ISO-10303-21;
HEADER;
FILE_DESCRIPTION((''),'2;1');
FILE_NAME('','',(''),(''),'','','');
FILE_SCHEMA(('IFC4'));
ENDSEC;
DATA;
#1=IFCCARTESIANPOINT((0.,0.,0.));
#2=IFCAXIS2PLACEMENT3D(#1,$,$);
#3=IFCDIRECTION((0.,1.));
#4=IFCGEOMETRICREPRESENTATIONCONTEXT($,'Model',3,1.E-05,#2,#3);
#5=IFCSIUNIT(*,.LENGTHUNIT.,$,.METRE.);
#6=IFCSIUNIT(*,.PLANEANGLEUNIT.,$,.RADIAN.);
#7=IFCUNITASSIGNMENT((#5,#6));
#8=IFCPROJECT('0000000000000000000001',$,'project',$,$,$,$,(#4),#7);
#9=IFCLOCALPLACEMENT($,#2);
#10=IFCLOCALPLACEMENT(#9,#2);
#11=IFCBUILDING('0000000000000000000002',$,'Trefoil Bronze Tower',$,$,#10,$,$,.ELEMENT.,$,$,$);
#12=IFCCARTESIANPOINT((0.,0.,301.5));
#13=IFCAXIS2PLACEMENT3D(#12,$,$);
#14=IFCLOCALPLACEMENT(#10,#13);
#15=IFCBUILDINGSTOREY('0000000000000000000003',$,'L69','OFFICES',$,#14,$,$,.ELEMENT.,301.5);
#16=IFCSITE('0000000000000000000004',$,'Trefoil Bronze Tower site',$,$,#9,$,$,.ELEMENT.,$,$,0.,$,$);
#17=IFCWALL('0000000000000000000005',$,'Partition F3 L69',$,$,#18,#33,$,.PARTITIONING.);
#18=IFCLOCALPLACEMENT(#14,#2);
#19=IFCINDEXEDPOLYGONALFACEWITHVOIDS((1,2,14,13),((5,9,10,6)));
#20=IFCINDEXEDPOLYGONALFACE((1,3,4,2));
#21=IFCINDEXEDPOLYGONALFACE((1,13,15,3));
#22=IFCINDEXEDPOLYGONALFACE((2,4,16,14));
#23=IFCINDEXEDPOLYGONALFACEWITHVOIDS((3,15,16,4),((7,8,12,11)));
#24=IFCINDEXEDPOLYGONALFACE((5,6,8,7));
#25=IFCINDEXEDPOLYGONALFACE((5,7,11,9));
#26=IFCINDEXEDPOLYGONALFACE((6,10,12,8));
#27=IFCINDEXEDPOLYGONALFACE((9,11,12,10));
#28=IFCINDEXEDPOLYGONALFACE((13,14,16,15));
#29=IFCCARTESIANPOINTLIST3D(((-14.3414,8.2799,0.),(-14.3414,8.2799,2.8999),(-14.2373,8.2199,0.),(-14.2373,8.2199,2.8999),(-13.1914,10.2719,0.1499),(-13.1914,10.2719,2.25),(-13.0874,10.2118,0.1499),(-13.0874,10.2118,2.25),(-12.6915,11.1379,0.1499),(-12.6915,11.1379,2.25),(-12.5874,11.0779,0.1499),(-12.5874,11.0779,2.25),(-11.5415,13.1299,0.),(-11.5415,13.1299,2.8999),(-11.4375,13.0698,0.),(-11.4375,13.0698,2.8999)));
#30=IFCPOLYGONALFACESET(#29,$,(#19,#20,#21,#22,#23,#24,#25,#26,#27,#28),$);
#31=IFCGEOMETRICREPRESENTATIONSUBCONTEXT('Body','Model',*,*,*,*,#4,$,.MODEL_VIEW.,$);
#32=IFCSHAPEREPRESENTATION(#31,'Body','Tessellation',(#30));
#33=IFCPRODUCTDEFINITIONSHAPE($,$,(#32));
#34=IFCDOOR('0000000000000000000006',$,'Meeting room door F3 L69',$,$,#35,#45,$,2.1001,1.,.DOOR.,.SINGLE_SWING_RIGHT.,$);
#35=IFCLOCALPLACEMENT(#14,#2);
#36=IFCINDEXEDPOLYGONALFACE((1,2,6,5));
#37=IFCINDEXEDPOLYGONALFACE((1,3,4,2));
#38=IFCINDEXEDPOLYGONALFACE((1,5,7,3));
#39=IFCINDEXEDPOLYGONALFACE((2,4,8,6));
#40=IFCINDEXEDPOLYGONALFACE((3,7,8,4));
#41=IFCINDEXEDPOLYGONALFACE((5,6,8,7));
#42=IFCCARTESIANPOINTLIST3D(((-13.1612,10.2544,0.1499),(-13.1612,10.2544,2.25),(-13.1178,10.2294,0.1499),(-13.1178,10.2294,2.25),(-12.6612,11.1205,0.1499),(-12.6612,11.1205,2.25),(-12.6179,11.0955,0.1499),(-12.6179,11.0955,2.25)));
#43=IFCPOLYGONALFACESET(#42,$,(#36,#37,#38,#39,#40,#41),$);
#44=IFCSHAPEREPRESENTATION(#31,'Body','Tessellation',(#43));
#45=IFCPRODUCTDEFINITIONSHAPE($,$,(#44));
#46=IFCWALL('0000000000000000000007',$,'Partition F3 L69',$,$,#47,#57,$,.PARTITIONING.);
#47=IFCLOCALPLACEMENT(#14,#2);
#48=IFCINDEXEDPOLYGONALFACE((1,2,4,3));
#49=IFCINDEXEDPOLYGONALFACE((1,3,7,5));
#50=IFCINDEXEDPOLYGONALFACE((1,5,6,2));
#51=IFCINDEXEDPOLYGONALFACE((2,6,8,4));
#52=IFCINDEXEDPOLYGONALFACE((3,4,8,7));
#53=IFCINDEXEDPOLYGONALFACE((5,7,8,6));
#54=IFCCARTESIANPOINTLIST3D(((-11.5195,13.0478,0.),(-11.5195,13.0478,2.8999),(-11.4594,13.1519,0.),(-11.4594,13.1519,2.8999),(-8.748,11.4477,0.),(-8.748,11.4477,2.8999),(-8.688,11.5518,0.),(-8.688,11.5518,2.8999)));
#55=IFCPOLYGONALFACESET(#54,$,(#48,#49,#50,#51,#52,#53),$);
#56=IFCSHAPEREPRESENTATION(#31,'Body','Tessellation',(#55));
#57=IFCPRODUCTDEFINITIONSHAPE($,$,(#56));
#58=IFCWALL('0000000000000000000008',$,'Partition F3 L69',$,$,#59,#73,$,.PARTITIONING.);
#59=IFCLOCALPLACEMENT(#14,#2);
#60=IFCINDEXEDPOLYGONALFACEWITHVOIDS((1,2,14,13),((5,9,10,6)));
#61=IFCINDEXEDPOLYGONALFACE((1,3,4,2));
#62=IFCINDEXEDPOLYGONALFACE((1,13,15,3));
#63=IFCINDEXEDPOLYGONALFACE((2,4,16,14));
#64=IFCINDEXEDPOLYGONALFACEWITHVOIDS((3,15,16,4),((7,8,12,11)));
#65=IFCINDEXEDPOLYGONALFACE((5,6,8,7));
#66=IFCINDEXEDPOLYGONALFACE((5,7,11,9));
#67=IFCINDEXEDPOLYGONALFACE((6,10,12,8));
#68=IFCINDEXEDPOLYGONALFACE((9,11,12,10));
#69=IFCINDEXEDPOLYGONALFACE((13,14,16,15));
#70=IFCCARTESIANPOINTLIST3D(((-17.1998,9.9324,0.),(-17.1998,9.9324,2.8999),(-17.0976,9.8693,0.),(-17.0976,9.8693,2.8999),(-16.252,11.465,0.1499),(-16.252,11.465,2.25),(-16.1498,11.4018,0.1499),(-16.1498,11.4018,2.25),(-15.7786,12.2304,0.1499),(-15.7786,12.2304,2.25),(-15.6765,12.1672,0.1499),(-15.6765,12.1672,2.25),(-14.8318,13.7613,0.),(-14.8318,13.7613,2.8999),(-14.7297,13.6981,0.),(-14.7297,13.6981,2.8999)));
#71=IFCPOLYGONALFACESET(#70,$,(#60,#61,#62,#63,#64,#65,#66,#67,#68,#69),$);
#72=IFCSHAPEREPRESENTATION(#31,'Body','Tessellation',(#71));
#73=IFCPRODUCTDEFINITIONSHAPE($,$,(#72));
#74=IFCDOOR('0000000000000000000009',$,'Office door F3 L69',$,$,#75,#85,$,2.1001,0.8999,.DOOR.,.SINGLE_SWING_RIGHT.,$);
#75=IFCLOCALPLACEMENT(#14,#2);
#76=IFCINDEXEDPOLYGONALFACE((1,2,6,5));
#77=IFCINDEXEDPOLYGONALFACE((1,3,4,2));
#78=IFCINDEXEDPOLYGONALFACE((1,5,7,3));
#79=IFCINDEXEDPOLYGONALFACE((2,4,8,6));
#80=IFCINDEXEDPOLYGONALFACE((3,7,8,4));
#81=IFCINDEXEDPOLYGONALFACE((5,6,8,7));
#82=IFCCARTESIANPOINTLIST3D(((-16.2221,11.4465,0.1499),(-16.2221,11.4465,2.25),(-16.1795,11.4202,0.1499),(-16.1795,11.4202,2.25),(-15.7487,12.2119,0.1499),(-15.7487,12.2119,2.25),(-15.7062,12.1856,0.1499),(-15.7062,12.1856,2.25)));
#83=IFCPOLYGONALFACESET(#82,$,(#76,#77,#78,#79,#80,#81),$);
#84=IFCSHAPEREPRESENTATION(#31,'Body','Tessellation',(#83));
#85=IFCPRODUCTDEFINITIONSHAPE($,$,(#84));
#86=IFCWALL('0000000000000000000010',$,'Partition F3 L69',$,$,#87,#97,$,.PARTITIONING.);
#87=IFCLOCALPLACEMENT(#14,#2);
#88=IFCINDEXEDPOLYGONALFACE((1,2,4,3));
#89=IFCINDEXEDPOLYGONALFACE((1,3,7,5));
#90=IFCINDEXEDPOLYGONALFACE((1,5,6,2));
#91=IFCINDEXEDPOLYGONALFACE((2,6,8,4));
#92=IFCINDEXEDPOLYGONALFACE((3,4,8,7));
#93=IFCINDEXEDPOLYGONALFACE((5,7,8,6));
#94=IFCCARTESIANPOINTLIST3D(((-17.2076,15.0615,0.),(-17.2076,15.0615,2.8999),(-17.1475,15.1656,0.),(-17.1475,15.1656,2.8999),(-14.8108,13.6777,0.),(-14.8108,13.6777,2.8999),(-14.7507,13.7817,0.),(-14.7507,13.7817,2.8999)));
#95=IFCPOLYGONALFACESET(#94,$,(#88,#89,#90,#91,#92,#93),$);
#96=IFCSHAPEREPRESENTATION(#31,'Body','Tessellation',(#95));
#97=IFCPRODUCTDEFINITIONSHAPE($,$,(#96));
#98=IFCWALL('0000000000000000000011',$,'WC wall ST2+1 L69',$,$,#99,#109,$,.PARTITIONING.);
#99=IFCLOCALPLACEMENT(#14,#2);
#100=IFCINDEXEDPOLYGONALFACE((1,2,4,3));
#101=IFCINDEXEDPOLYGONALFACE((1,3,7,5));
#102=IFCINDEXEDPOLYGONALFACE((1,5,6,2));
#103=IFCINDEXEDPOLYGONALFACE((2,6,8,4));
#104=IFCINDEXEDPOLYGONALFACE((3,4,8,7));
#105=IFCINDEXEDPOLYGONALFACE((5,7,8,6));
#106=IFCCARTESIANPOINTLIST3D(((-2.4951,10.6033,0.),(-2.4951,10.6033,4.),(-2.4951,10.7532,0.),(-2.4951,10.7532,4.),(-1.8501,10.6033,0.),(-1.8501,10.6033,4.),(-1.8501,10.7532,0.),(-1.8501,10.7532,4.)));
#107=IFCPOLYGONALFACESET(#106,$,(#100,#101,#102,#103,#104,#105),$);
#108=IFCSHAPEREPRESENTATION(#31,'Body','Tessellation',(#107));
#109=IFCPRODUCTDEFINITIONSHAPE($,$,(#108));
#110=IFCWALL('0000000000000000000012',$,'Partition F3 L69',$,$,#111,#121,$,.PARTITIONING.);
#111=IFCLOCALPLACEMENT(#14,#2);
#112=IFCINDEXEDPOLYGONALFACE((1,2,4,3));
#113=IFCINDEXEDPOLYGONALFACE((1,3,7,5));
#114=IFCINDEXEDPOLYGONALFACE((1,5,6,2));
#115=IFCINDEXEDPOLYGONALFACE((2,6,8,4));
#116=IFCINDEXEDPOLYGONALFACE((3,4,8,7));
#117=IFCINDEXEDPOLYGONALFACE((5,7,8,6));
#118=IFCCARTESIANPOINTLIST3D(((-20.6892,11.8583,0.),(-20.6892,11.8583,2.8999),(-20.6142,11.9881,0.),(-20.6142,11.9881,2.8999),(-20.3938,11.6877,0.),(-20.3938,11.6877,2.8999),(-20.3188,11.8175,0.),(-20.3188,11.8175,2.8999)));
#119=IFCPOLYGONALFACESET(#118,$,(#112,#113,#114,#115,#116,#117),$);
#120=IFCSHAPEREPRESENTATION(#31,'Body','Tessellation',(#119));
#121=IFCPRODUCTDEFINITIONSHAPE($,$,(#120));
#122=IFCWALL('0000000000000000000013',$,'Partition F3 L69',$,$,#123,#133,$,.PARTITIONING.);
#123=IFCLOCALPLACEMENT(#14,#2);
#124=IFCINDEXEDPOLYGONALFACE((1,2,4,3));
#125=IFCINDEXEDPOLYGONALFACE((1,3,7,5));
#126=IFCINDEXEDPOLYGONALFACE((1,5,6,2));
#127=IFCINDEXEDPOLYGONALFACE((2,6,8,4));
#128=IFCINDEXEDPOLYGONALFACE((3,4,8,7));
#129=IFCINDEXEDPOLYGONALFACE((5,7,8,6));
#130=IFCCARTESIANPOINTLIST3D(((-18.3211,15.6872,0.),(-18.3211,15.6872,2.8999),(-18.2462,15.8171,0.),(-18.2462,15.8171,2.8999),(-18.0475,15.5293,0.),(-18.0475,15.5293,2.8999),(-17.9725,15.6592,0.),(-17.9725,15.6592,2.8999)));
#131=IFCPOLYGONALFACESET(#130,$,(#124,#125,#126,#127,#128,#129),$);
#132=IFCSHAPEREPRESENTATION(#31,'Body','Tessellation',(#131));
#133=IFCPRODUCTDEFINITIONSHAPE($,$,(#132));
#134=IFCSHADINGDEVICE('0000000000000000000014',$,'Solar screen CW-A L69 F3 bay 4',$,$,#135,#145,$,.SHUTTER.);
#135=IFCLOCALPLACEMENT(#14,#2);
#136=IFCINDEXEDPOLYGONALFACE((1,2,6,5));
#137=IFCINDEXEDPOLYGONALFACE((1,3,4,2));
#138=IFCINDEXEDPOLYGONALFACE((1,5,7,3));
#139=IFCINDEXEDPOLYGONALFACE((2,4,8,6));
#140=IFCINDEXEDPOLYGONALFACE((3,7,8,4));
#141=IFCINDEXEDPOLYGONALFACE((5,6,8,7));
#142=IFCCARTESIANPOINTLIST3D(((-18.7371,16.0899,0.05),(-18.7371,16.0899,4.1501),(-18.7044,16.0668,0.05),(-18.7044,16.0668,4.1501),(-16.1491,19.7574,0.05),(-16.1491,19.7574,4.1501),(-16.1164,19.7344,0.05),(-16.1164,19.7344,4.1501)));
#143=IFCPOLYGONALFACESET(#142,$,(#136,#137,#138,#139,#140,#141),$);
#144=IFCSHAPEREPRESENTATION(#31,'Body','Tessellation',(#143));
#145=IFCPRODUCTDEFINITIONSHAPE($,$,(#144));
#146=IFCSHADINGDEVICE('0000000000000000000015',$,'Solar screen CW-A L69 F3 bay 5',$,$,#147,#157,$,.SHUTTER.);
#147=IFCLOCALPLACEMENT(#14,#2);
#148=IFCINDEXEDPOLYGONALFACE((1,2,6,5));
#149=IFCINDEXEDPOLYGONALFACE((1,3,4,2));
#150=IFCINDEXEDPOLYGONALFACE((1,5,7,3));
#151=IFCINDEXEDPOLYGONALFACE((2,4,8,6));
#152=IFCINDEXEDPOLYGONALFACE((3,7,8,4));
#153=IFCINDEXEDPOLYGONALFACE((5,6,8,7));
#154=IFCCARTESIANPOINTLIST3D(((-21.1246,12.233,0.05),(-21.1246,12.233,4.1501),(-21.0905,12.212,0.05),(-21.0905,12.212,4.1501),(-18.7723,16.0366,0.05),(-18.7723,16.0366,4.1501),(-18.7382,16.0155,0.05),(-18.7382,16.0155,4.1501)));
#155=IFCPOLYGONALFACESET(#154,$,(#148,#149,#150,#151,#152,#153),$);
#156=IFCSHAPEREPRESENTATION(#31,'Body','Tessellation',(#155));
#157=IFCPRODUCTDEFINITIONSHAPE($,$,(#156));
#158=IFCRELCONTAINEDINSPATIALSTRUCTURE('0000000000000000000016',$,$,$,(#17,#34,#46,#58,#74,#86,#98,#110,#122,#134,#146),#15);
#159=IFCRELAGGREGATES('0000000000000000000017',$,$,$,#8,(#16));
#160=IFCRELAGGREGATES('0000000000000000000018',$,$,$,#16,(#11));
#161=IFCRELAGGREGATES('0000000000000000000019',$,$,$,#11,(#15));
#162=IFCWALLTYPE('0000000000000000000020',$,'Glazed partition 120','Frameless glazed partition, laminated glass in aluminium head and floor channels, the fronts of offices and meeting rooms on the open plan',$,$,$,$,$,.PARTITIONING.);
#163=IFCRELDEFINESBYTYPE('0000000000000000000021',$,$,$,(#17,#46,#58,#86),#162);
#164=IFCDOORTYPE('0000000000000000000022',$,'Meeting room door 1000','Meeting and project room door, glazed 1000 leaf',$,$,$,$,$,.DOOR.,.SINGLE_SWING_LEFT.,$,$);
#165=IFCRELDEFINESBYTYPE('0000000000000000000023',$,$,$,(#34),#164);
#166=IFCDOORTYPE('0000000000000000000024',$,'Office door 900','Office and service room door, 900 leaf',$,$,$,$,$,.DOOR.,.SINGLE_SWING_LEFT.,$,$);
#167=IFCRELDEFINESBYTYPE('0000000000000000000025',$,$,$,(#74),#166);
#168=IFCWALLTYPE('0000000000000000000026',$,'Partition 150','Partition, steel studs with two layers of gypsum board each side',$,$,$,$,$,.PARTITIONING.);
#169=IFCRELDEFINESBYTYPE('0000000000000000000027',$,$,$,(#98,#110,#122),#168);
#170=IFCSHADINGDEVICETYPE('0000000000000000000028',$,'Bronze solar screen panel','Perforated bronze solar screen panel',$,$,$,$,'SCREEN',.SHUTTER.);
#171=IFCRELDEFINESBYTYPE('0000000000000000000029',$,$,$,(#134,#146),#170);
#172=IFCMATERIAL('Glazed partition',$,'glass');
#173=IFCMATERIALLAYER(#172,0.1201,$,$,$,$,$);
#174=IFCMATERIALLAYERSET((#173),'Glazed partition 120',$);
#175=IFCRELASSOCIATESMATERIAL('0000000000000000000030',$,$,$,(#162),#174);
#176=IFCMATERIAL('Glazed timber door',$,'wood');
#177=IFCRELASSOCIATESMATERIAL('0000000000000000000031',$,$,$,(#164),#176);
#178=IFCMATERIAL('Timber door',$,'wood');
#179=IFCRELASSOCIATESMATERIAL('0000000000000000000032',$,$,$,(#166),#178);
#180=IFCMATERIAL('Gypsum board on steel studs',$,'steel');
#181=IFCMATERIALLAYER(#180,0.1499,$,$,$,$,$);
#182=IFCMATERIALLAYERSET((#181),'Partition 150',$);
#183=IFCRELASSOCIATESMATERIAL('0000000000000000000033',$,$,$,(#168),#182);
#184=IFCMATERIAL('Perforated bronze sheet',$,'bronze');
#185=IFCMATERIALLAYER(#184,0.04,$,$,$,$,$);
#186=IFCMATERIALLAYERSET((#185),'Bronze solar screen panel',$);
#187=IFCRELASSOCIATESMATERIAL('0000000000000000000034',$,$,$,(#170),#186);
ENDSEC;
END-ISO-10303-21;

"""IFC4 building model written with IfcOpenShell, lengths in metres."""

from ifc_helpers import new_model, si_unit, direction, frame, frame_2d, origin, origin_2d, place, context, subcontext, project, spatial, rectangle, extrude, material, layer, layer_set, type_object, element, fill, save


model = new_model("IFC4")

# Units and contexts
model_context = context("Model", 3, precision=1e-05, world=origin(), true_north=direction((0.0, 1.0)))
body_context = subcontext(model_context, "Body", "Model", "MODEL_VIEW")
ifc_project = project(units=[si_unit("LENGTHUNIT", "METRE"), si_unit("PLANEANGLEUNIT", "RADIAN")], contexts=[model_context])

# Site, building, storey
site_placement = place(None, origin())
site = spatial("IfcSite", under=ifc_project, at=site_placement, Name="Trefoil Bronze Tower site", CompositionType="ELEMENT", RefElevation=0.0)
building_placement = place(site_placement, origin())
building = spatial("IfcBuilding", under=site, at=building_placement, Name="Trefoil Bronze Tower", CompositionType="ELEMENT")
storey_placement = place(building_placement, frame((0.0, 0.0, 301.5)))
storey = spatial("IfcBuildingStorey", under=building, at=storey_placement, Name="L69", Description="OFFICES", CompositionType="ELEMENT", Elevation=301.5)

# Wall, opening, door
ifc_material_1 = material(Name="Glazed partition", Category="glass")
ifc_layer_1 = layer(ifc_material_1, 0.1201)
ifc_layer_set_1 = layer_set([ifc_layer_1], Name="Glazed partition 120")
wall_type_1 = type_object("IfcWallType", Name="Glazed partition 120", Description="Frameless glazed partition, laminated glass in aluminium head and floor channels, the fronts of offices and meeting rooms on the open plan", PredefinedType="PARTITIONING", material=ifc_layer_set_1)
wall_1_placement = place(storey_placement, frame((-11.4895, 13.0999, 0.0), z_axis=(0.0, 0.0, 1.0), x_axis=(-0.499965, -0.866045, 0.0)))
wall_1 = element("IfcWall", 1, at=wall_1_placement, inside=storey, type_object=wall_type_1, Name="Partition F3 L69", PredefinedType="PARTITIONING", context=body_context, shape_type="SweptSolid", body=[
    extrude(rectangle(XDim=5.6001, YDim=0.1201, at=frame_2d((2.8, 0.0))), origin(), (0.0, 0.0, 1.0), 2.8999),
])
opening_1_placement = place(wall_1_placement, frame((2.3, 0.0, 0.1499)))
opening_1 = element("IfcOpeningElement", 2, at=opening_1_placement, cuts=wall_1, PredefinedType="OPENING", context=body_context, shape_type="SweptSolid", body=[
    extrude(rectangle(XDim=1.0, YDim=2.1001, at=frame_2d((0.5, 1.05))), frame((0.0, 0.0701, 0.0), z_axis=(0.0, -1.0, 0.0), x_axis=(1.0, 0.0, 0.0)), (0.0, 0.0, 1.0), 0.1401),
])
ifc_material_2 = material(Name="Glazed timber door", Category="wood")
door_type_1 = type_object("IfcDoorType", Name="Meeting room door 1000", Description="Meeting and project room door, glazed 1000 leaf", OperationType="SINGLE_SWING_LEFT", PredefinedType="DOOR", material=ifc_material_2)
door_1_placement = place(opening_1_placement, origin())
door_1 = element("IfcDoor", 3, at=door_1_placement, inside=storey, type_object=door_type_1, Name="Meeting room door F3 L69", OperationType="SINGLE_SWING_RIGHT", OverallHeight=2.1001, OverallWidth=1.0, PredefinedType="DOOR", context=body_context, shape_type="SweptSolid", body=[
    extrude(rectangle(XDim=1.0, YDim=2.1001, at=frame_2d((0.5, 1.05))), frame((0.0, 0.0249, 0.0), z_axis=(0.0, -1.0, 0.0), x_axis=(1.0, 0.0, 0.0)), (0.0, 0.0, 1.0), 0.05),
])
fill(opening_1, door_1)

# Wall
wall_2_placement = place(storey_placement, frame((-8.718, 11.4998, 0.0), z_axis=(0.0, 0.0, 1.0), x_axis=(-0.866028, 0.499995, 0.0)))
element("IfcWall", 4, at=wall_2_placement, inside=storey, type_object=wall_type_1, Name="Partition F3 L69", PredefinedType="PARTITIONING", context=body_context, shape_type="SweptSolid", body=[
    extrude(rectangle(XDim=3.2002, YDim=0.1201, at=frame_2d((1.6001, 0.0))), origin(), (0.0, 0.0, 1.0), 2.8999),
])

# Wall, opening, door
wall_3_placement = place(storey_placement, frame((-14.7808, 13.7297, 0.0), z_axis=(0.0, 0.0, 1.0), x_axis=(-0.525981, -0.850496, 0.0)))
wall_3 = element("IfcWall", 5, at=wall_3_placement, inside=storey, type_object=wall_type_1, Name="Partition F3 L69", PredefinedType="PARTITIONING", context=body_context, shape_type="SweptSolid", body=[
    extrude(rectangle(XDim=4.502, YDim=0.1201, at=frame_2d((2.251, 0.0))), origin(), (0.0, 0.0, 1.0), 2.8999),
])
opening_2_placement = place(wall_3_placement, frame((1.8, 0.0, 0.1499)))
opening_2 = element("IfcOpeningElement", 6, at=opening_2_placement, cuts=wall_3, PredefinedType="OPENING", context=body_context, shape_type="SweptSolid", body=[
    extrude(rectangle(XDim=0.8999, YDim=2.1001, at=frame_2d((0.45, 1.05))), frame((0.0, 0.0701, 0.0), z_axis=(0.0, -1.0, 0.0), x_axis=(1.0, 0.0, 0.0)), (0.0, 0.0, 1.0), 0.1401),
])
ifc_material_3 = material(Name="Timber door", Category="wood")
door_type_2 = type_object("IfcDoorType", Name="Office door 900", Description="Office and service room door, 900 leaf", OperationType="SINGLE_SWING_LEFT", PredefinedType="DOOR", material=ifc_material_3)
door_2_placement = place(opening_2_placement, frame((0.8999, 0.0, 0.0), z_axis=(0.0, 0.0, 1.0), x_axis=(-1.0, 0.0, 0.0)))
door_2 = element("IfcDoor", 7, at=door_2_placement, inside=storey, type_object=door_type_2, Name="Office door F3 L69", OperationType="SINGLE_SWING_RIGHT", OverallHeight=2.1001, OverallWidth=0.8999, PredefinedType="DOOR", context=body_context, shape_type="SweptSolid", body=[
    extrude(rectangle(XDim=0.8999, YDim=2.1001, at=frame_2d((0.45, 1.05))), frame((0.0, 0.0249, 0.0), z_axis=(0.0, -1.0, 0.0), x_axis=(1.0, 0.0, 0.0)), (0.0, 0.0, 1.0), 0.05),
])
fill(opening_2, door_2)

# Walls
wall_4_placement = place(storey_placement, frame((-14.7808, 13.7297, 0.0), z_axis=(0.0, 0.0, 1.0), x_axis=(-0.86602, 0.50001, 0.0)))
element("IfcWall", 8, at=wall_4_placement, inside=storey, type_object=wall_type_1, Name="Partition F3 L69", PredefinedType="PARTITIONING", context=body_context, shape_type="SweptSolid", body=[
    extrude(rectangle(XDim=2.7676, YDim=0.1201, at=frame_2d((1.3838, 0.0))), origin(), (0.0, 0.0, 1.0), 2.8999),
])
ifc_material_4 = material(Name="Gypsum board on steel studs", Category="steel")
ifc_layer_2 = layer(ifc_material_4, 0.1499)
ifc_layer_set_2 = layer_set([ifc_layer_2], Name="Partition 150")
wall_type_2 = type_object("IfcWallType", Name="Partition 150", Description="Partition, steel studs with two layers of gypsum board each side", PredefinedType="PARTITIONING", material=ifc_layer_set_2)
wall_5_placement = place(storey_placement, frame((-2.4951, 10.6782, 0.0), z_axis=(0.0, 0.0, 1.0), x_axis=(1.0, 0.0, 0.0)))
element("IfcWall", 9, at=wall_5_placement, inside=storey, type_object=wall_type_2, Name="WC wall ST2+1 L69", PredefinedType="PARTITIONING", context=body_context, shape_type="SweptSolid", body=[
    extrude(rectangle(XDim=0.645, YDim=0.1499, at=frame_2d((0.3225, 0.0))), origin(), (0.0, 0.0, 1.0), 4.0),
])
wall_6_placement = place(storey_placement, frame((-20.3564, 11.7527, 0.0), z_axis=(0.0, 0.0, 1.0), x_axis=(-0.8659, 0.500218, 0.0)))
element("IfcWall", 10, at=wall_6_placement, inside=storey, type_object=wall_type_2, Name="Partition F3 L69", PredefinedType="PARTITIONING", context=body_context, shape_type="SweptSolid", body=[
    extrude(rectangle(XDim=0.3411, YDim=0.1499, at=frame_2d((0.1704, 0.0))), origin(), (0.0, 0.0, 1.0), 2.8999),
])
wall_7_placement = place(storey_placement, frame((-18.01, 15.5942, 0.0), z_axis=(0.0, 0.0, 1.0), x_axis=(-0.866096, 0.499879, 0.0)))
element("IfcWall", 11, at=wall_7_placement, inside=storey, type_object=wall_type_2, Name="Partition F3 L69", PredefinedType="PARTITIONING", context=body_context, shape_type="SweptSolid", body=[
    extrude(rectangle(XDim=0.3159, YDim=0.1499, at=frame_2d((0.158, 0.0))), origin(), (0.0, 0.0, 1.0), 2.8999),
])

# Shading devices
ifc_material_5 = material(Name="Perforated bronze sheet", Category="bronze")
ifc_layer_3 = layer(ifc_material_5, 0.04)
ifc_layer_set_3 = layer_set([ifc_layer_3], Name="Bronze solar screen panel")
shading_device_type = type_object("IfcShadingDeviceType", Name="Bronze solar screen panel", Description="Perforated bronze solar screen panel", ElementType="SCREEN", PredefinedType="SHUTTER", material=ifc_layer_set_3)
shading_device_1_placement = place(storey_placement, frame((-17.4268, 17.9121, 0.05), z_axis=(0.0, 0.0, 1.0), x_axis=(-0.576561, -0.817054, 0.0)))
element("IfcShadingDevice", 12, at=shading_device_1_placement, inside=storey, type_object=shading_device_type, Name="Solar screen CW-A L69 F3 bay 4", PredefinedType="SHUTTER", context=body_context, shape_type="SweptSolid", body=[
    extrude(rectangle(XDim=4.4888, YDim=0.04, at=origin_2d()), origin(), (0.0, 0.0, 1.0), 4.1001),
])
shading_device_2_placement = place(storey_placement, frame((-19.9314, 14.1243, 0.05), z_axis=(0.0, 0.0, 1.0), x_axis=(-0.52598, -0.850497, 0.0)))
element("IfcShadingDevice", 13, at=shading_device_2_placement, inside=storey, type_object=shading_device_type, Name="Solar screen CW-A L69 F3 bay 5", PredefinedType="SHUTTER", context=body_context, shape_type="SweptSolid", body=[
    extrude(rectangle(XDim=4.4722, YDim=0.04, at=origin_2d()), origin(), (0.0, 0.0, 1.0), 4.1001),
])

save(model, "model.ifc")
